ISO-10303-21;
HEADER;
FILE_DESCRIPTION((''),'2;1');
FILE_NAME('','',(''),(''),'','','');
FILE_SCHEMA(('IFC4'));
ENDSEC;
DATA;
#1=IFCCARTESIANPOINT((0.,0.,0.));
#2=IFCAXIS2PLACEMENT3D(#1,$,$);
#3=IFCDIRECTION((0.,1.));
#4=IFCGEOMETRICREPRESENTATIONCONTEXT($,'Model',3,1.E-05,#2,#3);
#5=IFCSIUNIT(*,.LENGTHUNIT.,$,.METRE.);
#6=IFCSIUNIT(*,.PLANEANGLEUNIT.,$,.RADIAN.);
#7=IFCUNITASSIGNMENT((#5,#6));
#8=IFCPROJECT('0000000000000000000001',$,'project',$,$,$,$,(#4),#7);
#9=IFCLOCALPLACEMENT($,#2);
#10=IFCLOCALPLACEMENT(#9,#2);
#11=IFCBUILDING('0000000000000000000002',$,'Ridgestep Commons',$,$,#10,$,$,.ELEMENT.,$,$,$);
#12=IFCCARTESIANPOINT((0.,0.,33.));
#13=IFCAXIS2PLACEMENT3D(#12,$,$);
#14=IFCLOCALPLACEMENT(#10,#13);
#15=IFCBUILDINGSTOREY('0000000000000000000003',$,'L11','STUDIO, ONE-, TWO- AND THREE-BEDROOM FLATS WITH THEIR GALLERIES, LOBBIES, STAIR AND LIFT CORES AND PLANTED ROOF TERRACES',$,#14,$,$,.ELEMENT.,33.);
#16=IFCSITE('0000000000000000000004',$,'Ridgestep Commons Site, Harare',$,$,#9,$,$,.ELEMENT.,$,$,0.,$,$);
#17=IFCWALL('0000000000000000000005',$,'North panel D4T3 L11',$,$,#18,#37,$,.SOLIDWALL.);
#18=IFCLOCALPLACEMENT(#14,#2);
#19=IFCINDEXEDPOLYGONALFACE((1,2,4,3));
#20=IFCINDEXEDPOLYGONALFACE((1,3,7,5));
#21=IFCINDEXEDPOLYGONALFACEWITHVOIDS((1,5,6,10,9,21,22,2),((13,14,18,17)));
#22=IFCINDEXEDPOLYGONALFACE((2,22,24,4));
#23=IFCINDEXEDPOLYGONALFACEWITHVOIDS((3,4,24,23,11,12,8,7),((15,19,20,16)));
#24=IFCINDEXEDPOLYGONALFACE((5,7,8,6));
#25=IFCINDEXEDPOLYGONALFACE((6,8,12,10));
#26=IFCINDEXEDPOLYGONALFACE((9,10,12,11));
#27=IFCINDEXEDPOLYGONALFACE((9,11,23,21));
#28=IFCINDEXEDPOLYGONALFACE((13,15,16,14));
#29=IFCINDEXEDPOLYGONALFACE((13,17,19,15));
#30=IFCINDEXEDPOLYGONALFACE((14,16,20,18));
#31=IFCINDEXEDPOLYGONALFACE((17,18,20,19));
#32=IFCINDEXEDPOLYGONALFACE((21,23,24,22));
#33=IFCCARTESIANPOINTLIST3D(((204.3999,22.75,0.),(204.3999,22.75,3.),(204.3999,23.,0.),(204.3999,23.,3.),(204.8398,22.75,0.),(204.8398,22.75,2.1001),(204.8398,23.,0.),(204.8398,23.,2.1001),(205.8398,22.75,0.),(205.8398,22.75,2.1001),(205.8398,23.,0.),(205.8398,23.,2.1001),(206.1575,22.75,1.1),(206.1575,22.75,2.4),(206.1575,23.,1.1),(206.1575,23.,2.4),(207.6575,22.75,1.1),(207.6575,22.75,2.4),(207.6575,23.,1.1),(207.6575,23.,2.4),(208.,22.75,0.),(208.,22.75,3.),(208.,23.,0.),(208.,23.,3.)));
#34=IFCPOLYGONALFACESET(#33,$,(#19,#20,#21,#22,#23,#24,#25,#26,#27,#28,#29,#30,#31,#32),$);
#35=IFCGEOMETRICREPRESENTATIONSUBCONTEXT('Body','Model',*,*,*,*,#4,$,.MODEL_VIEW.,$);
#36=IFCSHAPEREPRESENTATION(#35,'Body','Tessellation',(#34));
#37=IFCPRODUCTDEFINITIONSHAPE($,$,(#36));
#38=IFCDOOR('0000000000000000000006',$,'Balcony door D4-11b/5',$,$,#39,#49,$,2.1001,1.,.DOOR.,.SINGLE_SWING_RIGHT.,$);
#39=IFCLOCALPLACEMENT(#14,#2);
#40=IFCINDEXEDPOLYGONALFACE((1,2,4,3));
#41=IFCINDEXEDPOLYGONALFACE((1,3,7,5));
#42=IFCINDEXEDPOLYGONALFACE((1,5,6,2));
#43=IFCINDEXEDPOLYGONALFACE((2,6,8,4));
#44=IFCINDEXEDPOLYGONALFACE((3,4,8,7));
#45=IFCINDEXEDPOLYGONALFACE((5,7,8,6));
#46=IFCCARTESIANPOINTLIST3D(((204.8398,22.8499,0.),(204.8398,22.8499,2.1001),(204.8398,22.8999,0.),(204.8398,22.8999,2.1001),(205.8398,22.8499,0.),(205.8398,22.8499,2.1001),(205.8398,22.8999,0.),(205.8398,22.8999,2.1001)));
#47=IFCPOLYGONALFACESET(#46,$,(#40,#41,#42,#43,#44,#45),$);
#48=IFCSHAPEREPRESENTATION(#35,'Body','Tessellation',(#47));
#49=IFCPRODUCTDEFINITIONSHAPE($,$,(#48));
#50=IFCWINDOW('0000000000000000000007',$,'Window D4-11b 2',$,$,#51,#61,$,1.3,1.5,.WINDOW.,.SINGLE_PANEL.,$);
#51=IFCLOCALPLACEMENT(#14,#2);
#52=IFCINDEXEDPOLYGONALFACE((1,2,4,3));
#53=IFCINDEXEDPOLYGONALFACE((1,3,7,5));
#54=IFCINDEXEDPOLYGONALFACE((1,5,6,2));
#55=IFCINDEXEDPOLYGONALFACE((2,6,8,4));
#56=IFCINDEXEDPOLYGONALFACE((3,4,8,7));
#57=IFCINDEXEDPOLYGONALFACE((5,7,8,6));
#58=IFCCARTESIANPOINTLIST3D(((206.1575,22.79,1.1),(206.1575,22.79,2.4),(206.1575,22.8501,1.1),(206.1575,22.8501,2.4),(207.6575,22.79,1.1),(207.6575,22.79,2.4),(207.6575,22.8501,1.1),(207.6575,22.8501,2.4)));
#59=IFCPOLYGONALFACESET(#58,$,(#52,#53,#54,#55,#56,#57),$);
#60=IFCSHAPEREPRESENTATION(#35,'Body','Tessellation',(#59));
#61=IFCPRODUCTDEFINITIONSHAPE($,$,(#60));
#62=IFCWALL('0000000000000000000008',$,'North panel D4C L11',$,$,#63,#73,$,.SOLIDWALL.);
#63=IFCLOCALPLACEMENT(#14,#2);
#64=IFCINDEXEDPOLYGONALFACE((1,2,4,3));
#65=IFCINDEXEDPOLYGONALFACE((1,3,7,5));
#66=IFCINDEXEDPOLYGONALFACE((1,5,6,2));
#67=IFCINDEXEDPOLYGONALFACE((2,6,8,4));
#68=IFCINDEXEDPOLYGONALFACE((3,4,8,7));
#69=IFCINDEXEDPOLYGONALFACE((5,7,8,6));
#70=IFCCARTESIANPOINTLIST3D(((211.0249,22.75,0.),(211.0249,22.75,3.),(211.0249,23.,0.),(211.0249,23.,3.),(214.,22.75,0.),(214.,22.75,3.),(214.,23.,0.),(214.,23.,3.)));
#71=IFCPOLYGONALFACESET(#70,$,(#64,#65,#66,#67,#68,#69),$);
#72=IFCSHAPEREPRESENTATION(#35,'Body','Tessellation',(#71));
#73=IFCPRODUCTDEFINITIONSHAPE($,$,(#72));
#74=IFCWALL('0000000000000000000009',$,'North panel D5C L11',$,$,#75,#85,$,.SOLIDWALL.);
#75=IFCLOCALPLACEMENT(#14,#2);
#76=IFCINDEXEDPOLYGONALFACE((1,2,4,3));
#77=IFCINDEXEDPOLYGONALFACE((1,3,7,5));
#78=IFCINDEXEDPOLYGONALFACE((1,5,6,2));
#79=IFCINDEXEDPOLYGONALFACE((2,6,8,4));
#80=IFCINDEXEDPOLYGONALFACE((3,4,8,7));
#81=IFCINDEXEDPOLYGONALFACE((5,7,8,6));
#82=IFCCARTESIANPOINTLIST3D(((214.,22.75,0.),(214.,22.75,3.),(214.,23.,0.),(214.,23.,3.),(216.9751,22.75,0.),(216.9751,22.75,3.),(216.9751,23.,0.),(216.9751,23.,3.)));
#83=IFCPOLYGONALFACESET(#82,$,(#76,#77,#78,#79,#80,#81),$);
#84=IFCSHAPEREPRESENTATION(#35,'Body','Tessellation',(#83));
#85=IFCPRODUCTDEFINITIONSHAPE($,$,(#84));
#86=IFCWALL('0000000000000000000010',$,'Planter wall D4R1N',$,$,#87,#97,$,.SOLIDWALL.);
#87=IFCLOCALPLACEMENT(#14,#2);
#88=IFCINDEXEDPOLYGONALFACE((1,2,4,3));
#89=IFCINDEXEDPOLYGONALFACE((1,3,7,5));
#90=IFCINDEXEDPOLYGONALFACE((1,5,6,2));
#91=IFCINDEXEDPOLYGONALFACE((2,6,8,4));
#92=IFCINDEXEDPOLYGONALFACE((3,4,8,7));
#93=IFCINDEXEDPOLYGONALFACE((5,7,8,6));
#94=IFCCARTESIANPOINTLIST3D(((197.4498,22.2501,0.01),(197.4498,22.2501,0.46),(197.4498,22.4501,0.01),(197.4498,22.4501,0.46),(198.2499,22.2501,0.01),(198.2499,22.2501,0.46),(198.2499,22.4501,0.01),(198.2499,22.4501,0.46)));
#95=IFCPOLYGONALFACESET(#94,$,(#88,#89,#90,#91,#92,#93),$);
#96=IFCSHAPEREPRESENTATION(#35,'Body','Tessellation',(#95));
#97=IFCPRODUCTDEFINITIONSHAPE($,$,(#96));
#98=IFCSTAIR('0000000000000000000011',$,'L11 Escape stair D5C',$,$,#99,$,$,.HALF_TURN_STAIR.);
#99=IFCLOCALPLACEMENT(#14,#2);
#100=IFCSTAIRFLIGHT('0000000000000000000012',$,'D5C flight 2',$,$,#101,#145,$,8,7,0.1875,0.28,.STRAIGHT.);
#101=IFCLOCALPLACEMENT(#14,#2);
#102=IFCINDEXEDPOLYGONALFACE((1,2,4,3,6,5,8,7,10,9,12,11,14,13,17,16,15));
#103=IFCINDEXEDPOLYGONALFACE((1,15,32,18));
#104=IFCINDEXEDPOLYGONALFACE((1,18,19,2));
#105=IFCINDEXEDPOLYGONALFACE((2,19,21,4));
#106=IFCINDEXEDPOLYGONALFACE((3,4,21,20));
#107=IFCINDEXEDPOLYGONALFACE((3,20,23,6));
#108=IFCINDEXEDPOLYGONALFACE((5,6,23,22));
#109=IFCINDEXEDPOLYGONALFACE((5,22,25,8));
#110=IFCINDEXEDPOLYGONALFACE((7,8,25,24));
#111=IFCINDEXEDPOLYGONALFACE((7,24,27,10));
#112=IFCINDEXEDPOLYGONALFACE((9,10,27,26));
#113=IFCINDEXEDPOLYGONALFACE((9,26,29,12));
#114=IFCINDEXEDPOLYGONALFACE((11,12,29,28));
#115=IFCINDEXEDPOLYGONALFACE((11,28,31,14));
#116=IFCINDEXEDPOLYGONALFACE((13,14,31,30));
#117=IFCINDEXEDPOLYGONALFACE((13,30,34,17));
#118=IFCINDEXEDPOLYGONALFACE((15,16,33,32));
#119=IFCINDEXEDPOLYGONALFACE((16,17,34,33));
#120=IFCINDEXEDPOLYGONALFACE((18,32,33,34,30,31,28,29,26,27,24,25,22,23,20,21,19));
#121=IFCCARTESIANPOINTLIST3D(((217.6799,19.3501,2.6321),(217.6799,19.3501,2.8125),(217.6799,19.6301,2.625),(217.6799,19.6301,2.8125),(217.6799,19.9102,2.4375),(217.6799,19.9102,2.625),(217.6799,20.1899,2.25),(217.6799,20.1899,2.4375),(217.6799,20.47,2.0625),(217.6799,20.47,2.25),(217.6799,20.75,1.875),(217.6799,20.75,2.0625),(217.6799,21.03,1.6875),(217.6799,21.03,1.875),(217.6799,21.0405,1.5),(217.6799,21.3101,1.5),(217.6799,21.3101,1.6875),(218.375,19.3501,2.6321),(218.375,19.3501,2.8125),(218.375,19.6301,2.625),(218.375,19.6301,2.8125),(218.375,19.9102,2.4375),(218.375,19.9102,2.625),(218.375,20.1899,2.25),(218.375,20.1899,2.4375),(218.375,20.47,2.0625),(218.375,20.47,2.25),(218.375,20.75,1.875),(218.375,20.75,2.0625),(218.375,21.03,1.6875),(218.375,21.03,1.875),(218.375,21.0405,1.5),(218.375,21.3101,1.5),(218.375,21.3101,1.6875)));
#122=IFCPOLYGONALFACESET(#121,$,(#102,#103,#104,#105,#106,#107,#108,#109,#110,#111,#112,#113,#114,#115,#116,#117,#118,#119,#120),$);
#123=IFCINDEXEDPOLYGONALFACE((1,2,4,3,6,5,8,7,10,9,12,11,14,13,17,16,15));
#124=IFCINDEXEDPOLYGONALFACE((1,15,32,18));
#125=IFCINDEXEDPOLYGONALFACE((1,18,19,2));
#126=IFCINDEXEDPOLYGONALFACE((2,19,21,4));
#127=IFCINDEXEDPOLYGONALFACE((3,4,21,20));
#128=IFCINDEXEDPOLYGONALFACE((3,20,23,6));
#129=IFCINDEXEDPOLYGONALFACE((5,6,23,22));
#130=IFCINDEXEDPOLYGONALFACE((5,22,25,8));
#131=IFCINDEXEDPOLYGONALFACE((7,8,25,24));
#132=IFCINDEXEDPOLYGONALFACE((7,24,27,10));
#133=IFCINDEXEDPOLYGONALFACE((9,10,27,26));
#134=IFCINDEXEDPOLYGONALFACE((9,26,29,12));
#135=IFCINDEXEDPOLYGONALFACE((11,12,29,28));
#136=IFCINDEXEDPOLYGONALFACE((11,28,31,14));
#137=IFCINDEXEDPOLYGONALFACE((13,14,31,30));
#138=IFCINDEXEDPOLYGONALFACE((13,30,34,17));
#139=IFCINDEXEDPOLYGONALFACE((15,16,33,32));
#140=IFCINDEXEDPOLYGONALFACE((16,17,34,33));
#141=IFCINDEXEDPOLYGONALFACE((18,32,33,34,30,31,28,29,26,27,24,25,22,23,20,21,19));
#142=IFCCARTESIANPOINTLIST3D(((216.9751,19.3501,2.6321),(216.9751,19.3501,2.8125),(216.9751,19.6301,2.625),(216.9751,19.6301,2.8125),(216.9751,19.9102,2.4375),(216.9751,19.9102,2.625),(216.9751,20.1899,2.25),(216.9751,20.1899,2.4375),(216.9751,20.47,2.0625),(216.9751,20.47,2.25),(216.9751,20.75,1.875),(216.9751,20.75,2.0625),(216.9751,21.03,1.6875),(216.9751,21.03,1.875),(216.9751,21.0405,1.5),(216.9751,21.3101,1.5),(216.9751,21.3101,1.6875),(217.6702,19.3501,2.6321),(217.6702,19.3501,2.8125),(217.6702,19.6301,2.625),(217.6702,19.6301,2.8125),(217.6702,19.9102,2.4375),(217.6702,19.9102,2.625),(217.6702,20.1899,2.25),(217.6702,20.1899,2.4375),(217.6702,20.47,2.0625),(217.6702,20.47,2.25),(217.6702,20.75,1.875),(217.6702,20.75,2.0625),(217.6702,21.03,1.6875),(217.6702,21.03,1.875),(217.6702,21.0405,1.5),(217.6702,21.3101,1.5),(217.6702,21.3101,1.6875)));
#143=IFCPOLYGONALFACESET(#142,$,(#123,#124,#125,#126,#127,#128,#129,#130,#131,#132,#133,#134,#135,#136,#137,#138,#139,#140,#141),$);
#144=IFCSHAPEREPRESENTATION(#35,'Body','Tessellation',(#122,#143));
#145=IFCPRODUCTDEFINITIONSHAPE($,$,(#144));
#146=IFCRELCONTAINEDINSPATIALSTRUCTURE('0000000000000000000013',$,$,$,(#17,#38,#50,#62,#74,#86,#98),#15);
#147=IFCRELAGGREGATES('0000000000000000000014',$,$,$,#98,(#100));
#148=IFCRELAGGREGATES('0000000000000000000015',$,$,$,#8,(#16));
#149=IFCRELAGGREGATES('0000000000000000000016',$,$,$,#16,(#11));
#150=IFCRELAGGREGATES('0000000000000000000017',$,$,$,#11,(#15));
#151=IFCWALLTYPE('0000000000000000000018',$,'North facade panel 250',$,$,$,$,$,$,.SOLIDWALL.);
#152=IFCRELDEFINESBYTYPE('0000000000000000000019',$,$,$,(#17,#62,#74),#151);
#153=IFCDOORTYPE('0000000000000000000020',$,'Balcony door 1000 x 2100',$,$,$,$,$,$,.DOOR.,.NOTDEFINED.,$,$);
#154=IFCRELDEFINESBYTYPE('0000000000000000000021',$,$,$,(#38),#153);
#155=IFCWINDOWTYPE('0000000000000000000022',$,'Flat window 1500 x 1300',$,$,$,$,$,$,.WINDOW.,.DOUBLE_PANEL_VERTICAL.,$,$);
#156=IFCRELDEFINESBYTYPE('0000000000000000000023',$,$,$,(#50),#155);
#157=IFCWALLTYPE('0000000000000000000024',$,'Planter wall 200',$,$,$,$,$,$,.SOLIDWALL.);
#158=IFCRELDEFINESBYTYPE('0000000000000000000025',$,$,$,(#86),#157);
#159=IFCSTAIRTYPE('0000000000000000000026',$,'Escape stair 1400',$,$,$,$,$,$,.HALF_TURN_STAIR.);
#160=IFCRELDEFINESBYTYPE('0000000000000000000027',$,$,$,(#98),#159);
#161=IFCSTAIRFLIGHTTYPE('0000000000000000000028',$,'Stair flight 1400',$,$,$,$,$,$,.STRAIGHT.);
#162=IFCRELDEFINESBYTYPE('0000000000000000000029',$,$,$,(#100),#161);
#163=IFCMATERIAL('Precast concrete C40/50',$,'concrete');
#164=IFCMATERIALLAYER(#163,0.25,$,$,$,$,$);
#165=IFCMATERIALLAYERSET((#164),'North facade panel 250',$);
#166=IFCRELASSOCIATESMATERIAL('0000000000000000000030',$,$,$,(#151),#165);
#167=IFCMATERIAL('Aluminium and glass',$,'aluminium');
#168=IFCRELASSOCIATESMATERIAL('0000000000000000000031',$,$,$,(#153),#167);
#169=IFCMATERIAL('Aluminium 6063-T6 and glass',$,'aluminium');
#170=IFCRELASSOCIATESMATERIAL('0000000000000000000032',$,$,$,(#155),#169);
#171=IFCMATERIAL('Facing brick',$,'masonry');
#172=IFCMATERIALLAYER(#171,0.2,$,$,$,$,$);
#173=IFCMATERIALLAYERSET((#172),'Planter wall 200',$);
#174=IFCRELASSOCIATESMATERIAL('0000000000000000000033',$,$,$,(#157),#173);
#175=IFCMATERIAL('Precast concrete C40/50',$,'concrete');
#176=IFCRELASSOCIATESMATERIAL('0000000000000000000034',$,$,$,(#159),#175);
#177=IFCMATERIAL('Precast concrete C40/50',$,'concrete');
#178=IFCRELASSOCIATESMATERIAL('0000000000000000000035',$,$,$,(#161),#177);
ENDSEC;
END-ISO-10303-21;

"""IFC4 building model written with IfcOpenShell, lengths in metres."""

from ifc_helpers import new_model, si_unit, direction, frame, frame_2d, origin, place, context, subcontext, project, spatial, polyline, rectangle, outline, extrude, material, layer, layer_set, type_object, element, fill, aggregate, save


model = new_model("IFC4")

# Units and contexts
model_context = context("Model", 3, precision=1e-05, world=origin(), true_north=direction((0.0, 1.0)))
body_context = subcontext(model_context, "Body", "Model", "MODEL_VIEW")
ifc_project = project(units=[si_unit("LENGTHUNIT", "METRE"), si_unit("PLANEANGLEUNIT", "RADIAN")], contexts=[model_context])

# Site, building, storey
site_placement = place(None, origin())
site = spatial("IfcSite", under=ifc_project, at=site_placement, Name="Ridgestep Commons Site, Harare", CompositionType="ELEMENT", RefElevation=0.0)
building_placement = place(site_placement, origin())
building = spatial("IfcBuilding", under=site, at=building_placement, Name="Ridgestep Commons", CompositionType="ELEMENT")
storey_placement = place(building_placement, frame((0.0, 0.0, 33.0)))
storey = spatial("IfcBuildingStorey", under=building, at=storey_placement, Name="L11", Description="STUDIO, ONE-, TWO- AND THREE-BEDROOM FLATS WITH THEIR GALLERIES, LOBBIES, STAIR AND LIFT CORES AND PLANTED ROOF TERRACES", CompositionType="ELEMENT", Elevation=33.0)

# Shared definitions
ifc_material_1 = material(Name="Precast concrete C40/50", Category="concrete")
ifc_layer_1 = layer(ifc_material_1, 0.25)
ifc_layer_set_1 = layer_set([ifc_layer_1], Name="North facade panel 250")
wall_type_1 = type_object("IfcWallType", Name="North facade panel 250", PredefinedType="SOLIDWALL", material=ifc_layer_set_1)

# Wall, openings, door, window
wall_1_placement = place(storey_placement, frame((204.3999, 22.875, 0.0), z_axis=(0.0, 0.0, 1.0), x_axis=(1.0, 0.0, 0.0)))
wall_1 = element("IfcWall", 1, at=wall_1_placement, inside=storey, type_object=wall_type_1, Name="North panel D4T3 L11", PredefinedType="SOLIDWALL", context=body_context, shape_type="SweptSolid", body=[
    extrude(rectangle(XDim=3.6001, YDim=0.25, at=frame_2d((1.8, 0.0))), origin(), (0.0, 0.0, 1.0), 3.0),
])
opening_1_placement = place(wall_1_placement, frame((1.7576, 0.0, 1.1001)))
opening_1 = element("IfcOpeningElement", 2, at=opening_1_placement, cuts=wall_1, PredefinedType="OPENING", context=body_context, shape_type="SweptSolid", body=[
    extrude(rectangle(XDim=1.5, YDim=1.3, at=frame_2d((0.75, 0.6499))), frame((0.0, 0.135, 0.0), z_axis=(0.0, -1.0, 0.0), x_axis=(1.0, 0.0, 0.0)), (0.0, 0.0, 1.0), 0.27),
])
opening_2_placement = place(wall_1_placement, frame((0.4399, 0.0, 0.0)))
opening_2 = element("IfcOpeningElement", 3, at=opening_2_placement, cuts=wall_1, PredefinedType="OPENING", context=body_context, shape_type="SweptSolid", body=[
    extrude(rectangle(XDim=1.0, YDim=2.1001, at=frame_2d((0.5, 1.05))), frame((0.0, 0.135, 0.0), z_axis=(0.0, -1.0, 0.0), x_axis=(1.0, 0.0, 0.0)), (0.0, 0.0, 1.0), 0.27),
])
ifc_material_2 = material(Name="Aluminium and glass", Category="aluminium")
door_type = type_object("IfcDoorType", Name="Balcony door 1000 x 2100", OperationType="NOTDEFINED", PredefinedType="DOOR", material=ifc_material_2)
door_placement = place(opening_2_placement, origin())
door = element("IfcDoor", 4, at=door_placement, inside=storey, type_object=door_type, Name="Balcony door D4-11b/5", OperationType="SINGLE_SWING_RIGHT", OverallHeight=2.1001, OverallWidth=1.0, PredefinedType="DOOR", context=body_context, shape_type="SweptSolid", body=[
    extrude(rectangle(XDim=1.0, YDim=2.1001, at=frame_2d((0.5, 1.05))), frame((0.0, 0.0249, 0.0), z_axis=(0.0, -1.0, 0.0), x_axis=(1.0, 0.0, 0.0)), (0.0, 0.0, 1.0), 0.05),
])
fill(opening_2, door)
ifc_material_3 = material(Name="Aluminium 6063-T6 and glass", Category="aluminium")
window_type_1 = type_object("IfcWindowType", Name="Flat window 1500 x 1300", PartitioningType="DOUBLE_PANEL_VERTICAL", PredefinedType="WINDOW", material=ifc_material_3)
window_1_placement = place(opening_1_placement, origin())
window_1 = element("IfcWindow", 5, at=window_1_placement, inside=storey, type_object=window_type_1, Name="Window D4-11b 2", OverallHeight=1.3, OverallWidth=1.5, PartitioningType="SINGLE_PANEL", PredefinedType="WINDOW", context=body_context, shape_type="SweptSolid", body=[
    extrude(rectangle(XDim=1.5, YDim=1.3, at=frame_2d((0.75, 0.6499))), frame((0.0, -0.0249, 0.0), z_axis=(0.0, -1.0, 0.0), x_axis=(1.0, 0.0, 0.0)), (0.0, 0.0, 1.0), 0.0601),
])
fill(opening_1, window_1)

# Walls
for number, where, z_axis, x_axis, name in (
    (6, (211.0249, 22.875, 0.0), (0.0, 0.0, 1.0), (1.0, 0.0, 0.0), "North panel D4C L11"),
    (7, (214.0, 22.875, 0.0), (0.0, 0.0, 1.0), (1.0, 0.0, 0.0), "North panel D5C L11"),
):
    element("IfcWall", number, at=place(storey_placement, frame(where, z_axis=z_axis, x_axis=x_axis)), inside=storey, type_object=wall_type_1, Name=name, PredefinedType="SOLIDWALL", context=body_context, shape_type="SweptSolid", body=[
        extrude(rectangle(XDim=2.9751, YDim=0.25, at=frame_2d((1.4875, 0.0))), origin(), (0.0, 0.0, 1.0), 3.0),
    ])
ifc_material_4 = material(Name="Facing brick", Category="masonry")
ifc_layer_2 = layer(ifc_material_4, 0.2)
ifc_layer_set_2 = layer_set([ifc_layer_2], Name="Planter wall 200")
wall_type_2 = type_object("IfcWallType", Name="Planter wall 200", PredefinedType="SOLIDWALL", material=ifc_layer_set_2)
wall_2_placement = place(storey_placement, frame((197.45, 22.3501, 0.01), z_axis=(0.0, 0.0, 1.0), x_axis=(1.0, 0.0, 0.0)))
element("IfcWall", 8, at=wall_2_placement, inside=storey, type_object=wall_type_2, Name="Planter wall D4R1N", PredefinedType="SOLIDWALL", context=body_context, shape_type="SweptSolid", body=[
    extrude(rectangle(XDim=0.8, YDim=0.2, at=frame_2d((0.3999, 0.0))), origin(), (0.0, 0.0, 1.0), 0.45),
])

# Stair, stair flight
ifc_material_5 = material(Name="Precast concrete C40/50", Category="concrete")
stair_type = type_object("IfcStairType", Name="Escape stair 1400", PredefinedType="HALF_TURN_STAIR", material=ifc_material_5)
stair_placement = place(storey_placement, origin())
stair = element("IfcStair", 9, at=stair_placement, inside=storey, type_object=stair_type, Name="L11 Escape stair D5C", PredefinedType="HALF_TURN_STAIR")
ifc_material_6 = material(Name="Precast concrete C40/50", Category="concrete")
stair_flight_type = type_object("IfcStairFlightType", Name="Stair flight 1400", PredefinedType="STRAIGHT", material=ifc_material_6)
stair_flight_placement = place(storey_placement, frame((217.675, 21.3101, 1.5), z_axis=(0.0, 0.0, 1.0), x_axis=(0.0, -1.0, 0.0)))
stair_flight = element("IfcStairFlight", 10, at=stair_flight_placement, type_object=stair_flight_type, Name="D5C flight 2", NumberOfRisers=8, NumberOfTreads=7, PredefinedType="STRAIGHT", RiserHeight=0.1875, TreadLength=0.28, context=body_context, shape_type="SweptSolid", body=[
    extrude(outline(polyline([(0.0, 0.0), (0.0, 0.1875), (0.28, 0.1875), (0.28, 0.375), (0.5601, 0.375), (0.5601, 0.5625), (0.8401, 0.5625), (0.8401, 0.75), (1.1201, 0.75), (1.1201, 0.9375), (1.3999, 0.9375), (1.3999, 1.125), (1.6799, 1.125), (1.6799, 1.3125), (1.96, 1.3125), (1.96, 1.5), (1.96, 1.1321), (0.2695, 0.0), (0.0, 0.0)])), frame((0.0, 0.7, 0.0), z_axis=(0.0, -1.0, 0.0), x_axis=(1.0, 0.0, 0.0)), (0.0, 0.0, 1.0), 0.6951),
    extrude(outline(polyline([(0.0, 0.0), (0.0, 0.1875), (0.28, 0.1875), (0.28, 0.375), (0.5601, 0.375), (0.5601, 0.5625), (0.8401, 0.5625), (0.8401, 0.75), (1.1201, 0.75), (1.1201, 0.9375), (1.3999, 0.9375), (1.3999, 1.125), (1.6799, 1.125), (1.6799, 1.3125), (1.96, 1.3125), (1.96, 1.5), (1.96, 1.1321), (0.2695, 0.0), (0.0, 0.0)])), frame((0.0, -0.0049, 0.0), z_axis=(0.0, -1.0, 0.0), x_axis=(1.0, 0.0, 0.0)), (0.0, 0.0, 1.0), 0.6951),
])
aggregate(stair, [stair_flight])

save(model, "model.ifc")
